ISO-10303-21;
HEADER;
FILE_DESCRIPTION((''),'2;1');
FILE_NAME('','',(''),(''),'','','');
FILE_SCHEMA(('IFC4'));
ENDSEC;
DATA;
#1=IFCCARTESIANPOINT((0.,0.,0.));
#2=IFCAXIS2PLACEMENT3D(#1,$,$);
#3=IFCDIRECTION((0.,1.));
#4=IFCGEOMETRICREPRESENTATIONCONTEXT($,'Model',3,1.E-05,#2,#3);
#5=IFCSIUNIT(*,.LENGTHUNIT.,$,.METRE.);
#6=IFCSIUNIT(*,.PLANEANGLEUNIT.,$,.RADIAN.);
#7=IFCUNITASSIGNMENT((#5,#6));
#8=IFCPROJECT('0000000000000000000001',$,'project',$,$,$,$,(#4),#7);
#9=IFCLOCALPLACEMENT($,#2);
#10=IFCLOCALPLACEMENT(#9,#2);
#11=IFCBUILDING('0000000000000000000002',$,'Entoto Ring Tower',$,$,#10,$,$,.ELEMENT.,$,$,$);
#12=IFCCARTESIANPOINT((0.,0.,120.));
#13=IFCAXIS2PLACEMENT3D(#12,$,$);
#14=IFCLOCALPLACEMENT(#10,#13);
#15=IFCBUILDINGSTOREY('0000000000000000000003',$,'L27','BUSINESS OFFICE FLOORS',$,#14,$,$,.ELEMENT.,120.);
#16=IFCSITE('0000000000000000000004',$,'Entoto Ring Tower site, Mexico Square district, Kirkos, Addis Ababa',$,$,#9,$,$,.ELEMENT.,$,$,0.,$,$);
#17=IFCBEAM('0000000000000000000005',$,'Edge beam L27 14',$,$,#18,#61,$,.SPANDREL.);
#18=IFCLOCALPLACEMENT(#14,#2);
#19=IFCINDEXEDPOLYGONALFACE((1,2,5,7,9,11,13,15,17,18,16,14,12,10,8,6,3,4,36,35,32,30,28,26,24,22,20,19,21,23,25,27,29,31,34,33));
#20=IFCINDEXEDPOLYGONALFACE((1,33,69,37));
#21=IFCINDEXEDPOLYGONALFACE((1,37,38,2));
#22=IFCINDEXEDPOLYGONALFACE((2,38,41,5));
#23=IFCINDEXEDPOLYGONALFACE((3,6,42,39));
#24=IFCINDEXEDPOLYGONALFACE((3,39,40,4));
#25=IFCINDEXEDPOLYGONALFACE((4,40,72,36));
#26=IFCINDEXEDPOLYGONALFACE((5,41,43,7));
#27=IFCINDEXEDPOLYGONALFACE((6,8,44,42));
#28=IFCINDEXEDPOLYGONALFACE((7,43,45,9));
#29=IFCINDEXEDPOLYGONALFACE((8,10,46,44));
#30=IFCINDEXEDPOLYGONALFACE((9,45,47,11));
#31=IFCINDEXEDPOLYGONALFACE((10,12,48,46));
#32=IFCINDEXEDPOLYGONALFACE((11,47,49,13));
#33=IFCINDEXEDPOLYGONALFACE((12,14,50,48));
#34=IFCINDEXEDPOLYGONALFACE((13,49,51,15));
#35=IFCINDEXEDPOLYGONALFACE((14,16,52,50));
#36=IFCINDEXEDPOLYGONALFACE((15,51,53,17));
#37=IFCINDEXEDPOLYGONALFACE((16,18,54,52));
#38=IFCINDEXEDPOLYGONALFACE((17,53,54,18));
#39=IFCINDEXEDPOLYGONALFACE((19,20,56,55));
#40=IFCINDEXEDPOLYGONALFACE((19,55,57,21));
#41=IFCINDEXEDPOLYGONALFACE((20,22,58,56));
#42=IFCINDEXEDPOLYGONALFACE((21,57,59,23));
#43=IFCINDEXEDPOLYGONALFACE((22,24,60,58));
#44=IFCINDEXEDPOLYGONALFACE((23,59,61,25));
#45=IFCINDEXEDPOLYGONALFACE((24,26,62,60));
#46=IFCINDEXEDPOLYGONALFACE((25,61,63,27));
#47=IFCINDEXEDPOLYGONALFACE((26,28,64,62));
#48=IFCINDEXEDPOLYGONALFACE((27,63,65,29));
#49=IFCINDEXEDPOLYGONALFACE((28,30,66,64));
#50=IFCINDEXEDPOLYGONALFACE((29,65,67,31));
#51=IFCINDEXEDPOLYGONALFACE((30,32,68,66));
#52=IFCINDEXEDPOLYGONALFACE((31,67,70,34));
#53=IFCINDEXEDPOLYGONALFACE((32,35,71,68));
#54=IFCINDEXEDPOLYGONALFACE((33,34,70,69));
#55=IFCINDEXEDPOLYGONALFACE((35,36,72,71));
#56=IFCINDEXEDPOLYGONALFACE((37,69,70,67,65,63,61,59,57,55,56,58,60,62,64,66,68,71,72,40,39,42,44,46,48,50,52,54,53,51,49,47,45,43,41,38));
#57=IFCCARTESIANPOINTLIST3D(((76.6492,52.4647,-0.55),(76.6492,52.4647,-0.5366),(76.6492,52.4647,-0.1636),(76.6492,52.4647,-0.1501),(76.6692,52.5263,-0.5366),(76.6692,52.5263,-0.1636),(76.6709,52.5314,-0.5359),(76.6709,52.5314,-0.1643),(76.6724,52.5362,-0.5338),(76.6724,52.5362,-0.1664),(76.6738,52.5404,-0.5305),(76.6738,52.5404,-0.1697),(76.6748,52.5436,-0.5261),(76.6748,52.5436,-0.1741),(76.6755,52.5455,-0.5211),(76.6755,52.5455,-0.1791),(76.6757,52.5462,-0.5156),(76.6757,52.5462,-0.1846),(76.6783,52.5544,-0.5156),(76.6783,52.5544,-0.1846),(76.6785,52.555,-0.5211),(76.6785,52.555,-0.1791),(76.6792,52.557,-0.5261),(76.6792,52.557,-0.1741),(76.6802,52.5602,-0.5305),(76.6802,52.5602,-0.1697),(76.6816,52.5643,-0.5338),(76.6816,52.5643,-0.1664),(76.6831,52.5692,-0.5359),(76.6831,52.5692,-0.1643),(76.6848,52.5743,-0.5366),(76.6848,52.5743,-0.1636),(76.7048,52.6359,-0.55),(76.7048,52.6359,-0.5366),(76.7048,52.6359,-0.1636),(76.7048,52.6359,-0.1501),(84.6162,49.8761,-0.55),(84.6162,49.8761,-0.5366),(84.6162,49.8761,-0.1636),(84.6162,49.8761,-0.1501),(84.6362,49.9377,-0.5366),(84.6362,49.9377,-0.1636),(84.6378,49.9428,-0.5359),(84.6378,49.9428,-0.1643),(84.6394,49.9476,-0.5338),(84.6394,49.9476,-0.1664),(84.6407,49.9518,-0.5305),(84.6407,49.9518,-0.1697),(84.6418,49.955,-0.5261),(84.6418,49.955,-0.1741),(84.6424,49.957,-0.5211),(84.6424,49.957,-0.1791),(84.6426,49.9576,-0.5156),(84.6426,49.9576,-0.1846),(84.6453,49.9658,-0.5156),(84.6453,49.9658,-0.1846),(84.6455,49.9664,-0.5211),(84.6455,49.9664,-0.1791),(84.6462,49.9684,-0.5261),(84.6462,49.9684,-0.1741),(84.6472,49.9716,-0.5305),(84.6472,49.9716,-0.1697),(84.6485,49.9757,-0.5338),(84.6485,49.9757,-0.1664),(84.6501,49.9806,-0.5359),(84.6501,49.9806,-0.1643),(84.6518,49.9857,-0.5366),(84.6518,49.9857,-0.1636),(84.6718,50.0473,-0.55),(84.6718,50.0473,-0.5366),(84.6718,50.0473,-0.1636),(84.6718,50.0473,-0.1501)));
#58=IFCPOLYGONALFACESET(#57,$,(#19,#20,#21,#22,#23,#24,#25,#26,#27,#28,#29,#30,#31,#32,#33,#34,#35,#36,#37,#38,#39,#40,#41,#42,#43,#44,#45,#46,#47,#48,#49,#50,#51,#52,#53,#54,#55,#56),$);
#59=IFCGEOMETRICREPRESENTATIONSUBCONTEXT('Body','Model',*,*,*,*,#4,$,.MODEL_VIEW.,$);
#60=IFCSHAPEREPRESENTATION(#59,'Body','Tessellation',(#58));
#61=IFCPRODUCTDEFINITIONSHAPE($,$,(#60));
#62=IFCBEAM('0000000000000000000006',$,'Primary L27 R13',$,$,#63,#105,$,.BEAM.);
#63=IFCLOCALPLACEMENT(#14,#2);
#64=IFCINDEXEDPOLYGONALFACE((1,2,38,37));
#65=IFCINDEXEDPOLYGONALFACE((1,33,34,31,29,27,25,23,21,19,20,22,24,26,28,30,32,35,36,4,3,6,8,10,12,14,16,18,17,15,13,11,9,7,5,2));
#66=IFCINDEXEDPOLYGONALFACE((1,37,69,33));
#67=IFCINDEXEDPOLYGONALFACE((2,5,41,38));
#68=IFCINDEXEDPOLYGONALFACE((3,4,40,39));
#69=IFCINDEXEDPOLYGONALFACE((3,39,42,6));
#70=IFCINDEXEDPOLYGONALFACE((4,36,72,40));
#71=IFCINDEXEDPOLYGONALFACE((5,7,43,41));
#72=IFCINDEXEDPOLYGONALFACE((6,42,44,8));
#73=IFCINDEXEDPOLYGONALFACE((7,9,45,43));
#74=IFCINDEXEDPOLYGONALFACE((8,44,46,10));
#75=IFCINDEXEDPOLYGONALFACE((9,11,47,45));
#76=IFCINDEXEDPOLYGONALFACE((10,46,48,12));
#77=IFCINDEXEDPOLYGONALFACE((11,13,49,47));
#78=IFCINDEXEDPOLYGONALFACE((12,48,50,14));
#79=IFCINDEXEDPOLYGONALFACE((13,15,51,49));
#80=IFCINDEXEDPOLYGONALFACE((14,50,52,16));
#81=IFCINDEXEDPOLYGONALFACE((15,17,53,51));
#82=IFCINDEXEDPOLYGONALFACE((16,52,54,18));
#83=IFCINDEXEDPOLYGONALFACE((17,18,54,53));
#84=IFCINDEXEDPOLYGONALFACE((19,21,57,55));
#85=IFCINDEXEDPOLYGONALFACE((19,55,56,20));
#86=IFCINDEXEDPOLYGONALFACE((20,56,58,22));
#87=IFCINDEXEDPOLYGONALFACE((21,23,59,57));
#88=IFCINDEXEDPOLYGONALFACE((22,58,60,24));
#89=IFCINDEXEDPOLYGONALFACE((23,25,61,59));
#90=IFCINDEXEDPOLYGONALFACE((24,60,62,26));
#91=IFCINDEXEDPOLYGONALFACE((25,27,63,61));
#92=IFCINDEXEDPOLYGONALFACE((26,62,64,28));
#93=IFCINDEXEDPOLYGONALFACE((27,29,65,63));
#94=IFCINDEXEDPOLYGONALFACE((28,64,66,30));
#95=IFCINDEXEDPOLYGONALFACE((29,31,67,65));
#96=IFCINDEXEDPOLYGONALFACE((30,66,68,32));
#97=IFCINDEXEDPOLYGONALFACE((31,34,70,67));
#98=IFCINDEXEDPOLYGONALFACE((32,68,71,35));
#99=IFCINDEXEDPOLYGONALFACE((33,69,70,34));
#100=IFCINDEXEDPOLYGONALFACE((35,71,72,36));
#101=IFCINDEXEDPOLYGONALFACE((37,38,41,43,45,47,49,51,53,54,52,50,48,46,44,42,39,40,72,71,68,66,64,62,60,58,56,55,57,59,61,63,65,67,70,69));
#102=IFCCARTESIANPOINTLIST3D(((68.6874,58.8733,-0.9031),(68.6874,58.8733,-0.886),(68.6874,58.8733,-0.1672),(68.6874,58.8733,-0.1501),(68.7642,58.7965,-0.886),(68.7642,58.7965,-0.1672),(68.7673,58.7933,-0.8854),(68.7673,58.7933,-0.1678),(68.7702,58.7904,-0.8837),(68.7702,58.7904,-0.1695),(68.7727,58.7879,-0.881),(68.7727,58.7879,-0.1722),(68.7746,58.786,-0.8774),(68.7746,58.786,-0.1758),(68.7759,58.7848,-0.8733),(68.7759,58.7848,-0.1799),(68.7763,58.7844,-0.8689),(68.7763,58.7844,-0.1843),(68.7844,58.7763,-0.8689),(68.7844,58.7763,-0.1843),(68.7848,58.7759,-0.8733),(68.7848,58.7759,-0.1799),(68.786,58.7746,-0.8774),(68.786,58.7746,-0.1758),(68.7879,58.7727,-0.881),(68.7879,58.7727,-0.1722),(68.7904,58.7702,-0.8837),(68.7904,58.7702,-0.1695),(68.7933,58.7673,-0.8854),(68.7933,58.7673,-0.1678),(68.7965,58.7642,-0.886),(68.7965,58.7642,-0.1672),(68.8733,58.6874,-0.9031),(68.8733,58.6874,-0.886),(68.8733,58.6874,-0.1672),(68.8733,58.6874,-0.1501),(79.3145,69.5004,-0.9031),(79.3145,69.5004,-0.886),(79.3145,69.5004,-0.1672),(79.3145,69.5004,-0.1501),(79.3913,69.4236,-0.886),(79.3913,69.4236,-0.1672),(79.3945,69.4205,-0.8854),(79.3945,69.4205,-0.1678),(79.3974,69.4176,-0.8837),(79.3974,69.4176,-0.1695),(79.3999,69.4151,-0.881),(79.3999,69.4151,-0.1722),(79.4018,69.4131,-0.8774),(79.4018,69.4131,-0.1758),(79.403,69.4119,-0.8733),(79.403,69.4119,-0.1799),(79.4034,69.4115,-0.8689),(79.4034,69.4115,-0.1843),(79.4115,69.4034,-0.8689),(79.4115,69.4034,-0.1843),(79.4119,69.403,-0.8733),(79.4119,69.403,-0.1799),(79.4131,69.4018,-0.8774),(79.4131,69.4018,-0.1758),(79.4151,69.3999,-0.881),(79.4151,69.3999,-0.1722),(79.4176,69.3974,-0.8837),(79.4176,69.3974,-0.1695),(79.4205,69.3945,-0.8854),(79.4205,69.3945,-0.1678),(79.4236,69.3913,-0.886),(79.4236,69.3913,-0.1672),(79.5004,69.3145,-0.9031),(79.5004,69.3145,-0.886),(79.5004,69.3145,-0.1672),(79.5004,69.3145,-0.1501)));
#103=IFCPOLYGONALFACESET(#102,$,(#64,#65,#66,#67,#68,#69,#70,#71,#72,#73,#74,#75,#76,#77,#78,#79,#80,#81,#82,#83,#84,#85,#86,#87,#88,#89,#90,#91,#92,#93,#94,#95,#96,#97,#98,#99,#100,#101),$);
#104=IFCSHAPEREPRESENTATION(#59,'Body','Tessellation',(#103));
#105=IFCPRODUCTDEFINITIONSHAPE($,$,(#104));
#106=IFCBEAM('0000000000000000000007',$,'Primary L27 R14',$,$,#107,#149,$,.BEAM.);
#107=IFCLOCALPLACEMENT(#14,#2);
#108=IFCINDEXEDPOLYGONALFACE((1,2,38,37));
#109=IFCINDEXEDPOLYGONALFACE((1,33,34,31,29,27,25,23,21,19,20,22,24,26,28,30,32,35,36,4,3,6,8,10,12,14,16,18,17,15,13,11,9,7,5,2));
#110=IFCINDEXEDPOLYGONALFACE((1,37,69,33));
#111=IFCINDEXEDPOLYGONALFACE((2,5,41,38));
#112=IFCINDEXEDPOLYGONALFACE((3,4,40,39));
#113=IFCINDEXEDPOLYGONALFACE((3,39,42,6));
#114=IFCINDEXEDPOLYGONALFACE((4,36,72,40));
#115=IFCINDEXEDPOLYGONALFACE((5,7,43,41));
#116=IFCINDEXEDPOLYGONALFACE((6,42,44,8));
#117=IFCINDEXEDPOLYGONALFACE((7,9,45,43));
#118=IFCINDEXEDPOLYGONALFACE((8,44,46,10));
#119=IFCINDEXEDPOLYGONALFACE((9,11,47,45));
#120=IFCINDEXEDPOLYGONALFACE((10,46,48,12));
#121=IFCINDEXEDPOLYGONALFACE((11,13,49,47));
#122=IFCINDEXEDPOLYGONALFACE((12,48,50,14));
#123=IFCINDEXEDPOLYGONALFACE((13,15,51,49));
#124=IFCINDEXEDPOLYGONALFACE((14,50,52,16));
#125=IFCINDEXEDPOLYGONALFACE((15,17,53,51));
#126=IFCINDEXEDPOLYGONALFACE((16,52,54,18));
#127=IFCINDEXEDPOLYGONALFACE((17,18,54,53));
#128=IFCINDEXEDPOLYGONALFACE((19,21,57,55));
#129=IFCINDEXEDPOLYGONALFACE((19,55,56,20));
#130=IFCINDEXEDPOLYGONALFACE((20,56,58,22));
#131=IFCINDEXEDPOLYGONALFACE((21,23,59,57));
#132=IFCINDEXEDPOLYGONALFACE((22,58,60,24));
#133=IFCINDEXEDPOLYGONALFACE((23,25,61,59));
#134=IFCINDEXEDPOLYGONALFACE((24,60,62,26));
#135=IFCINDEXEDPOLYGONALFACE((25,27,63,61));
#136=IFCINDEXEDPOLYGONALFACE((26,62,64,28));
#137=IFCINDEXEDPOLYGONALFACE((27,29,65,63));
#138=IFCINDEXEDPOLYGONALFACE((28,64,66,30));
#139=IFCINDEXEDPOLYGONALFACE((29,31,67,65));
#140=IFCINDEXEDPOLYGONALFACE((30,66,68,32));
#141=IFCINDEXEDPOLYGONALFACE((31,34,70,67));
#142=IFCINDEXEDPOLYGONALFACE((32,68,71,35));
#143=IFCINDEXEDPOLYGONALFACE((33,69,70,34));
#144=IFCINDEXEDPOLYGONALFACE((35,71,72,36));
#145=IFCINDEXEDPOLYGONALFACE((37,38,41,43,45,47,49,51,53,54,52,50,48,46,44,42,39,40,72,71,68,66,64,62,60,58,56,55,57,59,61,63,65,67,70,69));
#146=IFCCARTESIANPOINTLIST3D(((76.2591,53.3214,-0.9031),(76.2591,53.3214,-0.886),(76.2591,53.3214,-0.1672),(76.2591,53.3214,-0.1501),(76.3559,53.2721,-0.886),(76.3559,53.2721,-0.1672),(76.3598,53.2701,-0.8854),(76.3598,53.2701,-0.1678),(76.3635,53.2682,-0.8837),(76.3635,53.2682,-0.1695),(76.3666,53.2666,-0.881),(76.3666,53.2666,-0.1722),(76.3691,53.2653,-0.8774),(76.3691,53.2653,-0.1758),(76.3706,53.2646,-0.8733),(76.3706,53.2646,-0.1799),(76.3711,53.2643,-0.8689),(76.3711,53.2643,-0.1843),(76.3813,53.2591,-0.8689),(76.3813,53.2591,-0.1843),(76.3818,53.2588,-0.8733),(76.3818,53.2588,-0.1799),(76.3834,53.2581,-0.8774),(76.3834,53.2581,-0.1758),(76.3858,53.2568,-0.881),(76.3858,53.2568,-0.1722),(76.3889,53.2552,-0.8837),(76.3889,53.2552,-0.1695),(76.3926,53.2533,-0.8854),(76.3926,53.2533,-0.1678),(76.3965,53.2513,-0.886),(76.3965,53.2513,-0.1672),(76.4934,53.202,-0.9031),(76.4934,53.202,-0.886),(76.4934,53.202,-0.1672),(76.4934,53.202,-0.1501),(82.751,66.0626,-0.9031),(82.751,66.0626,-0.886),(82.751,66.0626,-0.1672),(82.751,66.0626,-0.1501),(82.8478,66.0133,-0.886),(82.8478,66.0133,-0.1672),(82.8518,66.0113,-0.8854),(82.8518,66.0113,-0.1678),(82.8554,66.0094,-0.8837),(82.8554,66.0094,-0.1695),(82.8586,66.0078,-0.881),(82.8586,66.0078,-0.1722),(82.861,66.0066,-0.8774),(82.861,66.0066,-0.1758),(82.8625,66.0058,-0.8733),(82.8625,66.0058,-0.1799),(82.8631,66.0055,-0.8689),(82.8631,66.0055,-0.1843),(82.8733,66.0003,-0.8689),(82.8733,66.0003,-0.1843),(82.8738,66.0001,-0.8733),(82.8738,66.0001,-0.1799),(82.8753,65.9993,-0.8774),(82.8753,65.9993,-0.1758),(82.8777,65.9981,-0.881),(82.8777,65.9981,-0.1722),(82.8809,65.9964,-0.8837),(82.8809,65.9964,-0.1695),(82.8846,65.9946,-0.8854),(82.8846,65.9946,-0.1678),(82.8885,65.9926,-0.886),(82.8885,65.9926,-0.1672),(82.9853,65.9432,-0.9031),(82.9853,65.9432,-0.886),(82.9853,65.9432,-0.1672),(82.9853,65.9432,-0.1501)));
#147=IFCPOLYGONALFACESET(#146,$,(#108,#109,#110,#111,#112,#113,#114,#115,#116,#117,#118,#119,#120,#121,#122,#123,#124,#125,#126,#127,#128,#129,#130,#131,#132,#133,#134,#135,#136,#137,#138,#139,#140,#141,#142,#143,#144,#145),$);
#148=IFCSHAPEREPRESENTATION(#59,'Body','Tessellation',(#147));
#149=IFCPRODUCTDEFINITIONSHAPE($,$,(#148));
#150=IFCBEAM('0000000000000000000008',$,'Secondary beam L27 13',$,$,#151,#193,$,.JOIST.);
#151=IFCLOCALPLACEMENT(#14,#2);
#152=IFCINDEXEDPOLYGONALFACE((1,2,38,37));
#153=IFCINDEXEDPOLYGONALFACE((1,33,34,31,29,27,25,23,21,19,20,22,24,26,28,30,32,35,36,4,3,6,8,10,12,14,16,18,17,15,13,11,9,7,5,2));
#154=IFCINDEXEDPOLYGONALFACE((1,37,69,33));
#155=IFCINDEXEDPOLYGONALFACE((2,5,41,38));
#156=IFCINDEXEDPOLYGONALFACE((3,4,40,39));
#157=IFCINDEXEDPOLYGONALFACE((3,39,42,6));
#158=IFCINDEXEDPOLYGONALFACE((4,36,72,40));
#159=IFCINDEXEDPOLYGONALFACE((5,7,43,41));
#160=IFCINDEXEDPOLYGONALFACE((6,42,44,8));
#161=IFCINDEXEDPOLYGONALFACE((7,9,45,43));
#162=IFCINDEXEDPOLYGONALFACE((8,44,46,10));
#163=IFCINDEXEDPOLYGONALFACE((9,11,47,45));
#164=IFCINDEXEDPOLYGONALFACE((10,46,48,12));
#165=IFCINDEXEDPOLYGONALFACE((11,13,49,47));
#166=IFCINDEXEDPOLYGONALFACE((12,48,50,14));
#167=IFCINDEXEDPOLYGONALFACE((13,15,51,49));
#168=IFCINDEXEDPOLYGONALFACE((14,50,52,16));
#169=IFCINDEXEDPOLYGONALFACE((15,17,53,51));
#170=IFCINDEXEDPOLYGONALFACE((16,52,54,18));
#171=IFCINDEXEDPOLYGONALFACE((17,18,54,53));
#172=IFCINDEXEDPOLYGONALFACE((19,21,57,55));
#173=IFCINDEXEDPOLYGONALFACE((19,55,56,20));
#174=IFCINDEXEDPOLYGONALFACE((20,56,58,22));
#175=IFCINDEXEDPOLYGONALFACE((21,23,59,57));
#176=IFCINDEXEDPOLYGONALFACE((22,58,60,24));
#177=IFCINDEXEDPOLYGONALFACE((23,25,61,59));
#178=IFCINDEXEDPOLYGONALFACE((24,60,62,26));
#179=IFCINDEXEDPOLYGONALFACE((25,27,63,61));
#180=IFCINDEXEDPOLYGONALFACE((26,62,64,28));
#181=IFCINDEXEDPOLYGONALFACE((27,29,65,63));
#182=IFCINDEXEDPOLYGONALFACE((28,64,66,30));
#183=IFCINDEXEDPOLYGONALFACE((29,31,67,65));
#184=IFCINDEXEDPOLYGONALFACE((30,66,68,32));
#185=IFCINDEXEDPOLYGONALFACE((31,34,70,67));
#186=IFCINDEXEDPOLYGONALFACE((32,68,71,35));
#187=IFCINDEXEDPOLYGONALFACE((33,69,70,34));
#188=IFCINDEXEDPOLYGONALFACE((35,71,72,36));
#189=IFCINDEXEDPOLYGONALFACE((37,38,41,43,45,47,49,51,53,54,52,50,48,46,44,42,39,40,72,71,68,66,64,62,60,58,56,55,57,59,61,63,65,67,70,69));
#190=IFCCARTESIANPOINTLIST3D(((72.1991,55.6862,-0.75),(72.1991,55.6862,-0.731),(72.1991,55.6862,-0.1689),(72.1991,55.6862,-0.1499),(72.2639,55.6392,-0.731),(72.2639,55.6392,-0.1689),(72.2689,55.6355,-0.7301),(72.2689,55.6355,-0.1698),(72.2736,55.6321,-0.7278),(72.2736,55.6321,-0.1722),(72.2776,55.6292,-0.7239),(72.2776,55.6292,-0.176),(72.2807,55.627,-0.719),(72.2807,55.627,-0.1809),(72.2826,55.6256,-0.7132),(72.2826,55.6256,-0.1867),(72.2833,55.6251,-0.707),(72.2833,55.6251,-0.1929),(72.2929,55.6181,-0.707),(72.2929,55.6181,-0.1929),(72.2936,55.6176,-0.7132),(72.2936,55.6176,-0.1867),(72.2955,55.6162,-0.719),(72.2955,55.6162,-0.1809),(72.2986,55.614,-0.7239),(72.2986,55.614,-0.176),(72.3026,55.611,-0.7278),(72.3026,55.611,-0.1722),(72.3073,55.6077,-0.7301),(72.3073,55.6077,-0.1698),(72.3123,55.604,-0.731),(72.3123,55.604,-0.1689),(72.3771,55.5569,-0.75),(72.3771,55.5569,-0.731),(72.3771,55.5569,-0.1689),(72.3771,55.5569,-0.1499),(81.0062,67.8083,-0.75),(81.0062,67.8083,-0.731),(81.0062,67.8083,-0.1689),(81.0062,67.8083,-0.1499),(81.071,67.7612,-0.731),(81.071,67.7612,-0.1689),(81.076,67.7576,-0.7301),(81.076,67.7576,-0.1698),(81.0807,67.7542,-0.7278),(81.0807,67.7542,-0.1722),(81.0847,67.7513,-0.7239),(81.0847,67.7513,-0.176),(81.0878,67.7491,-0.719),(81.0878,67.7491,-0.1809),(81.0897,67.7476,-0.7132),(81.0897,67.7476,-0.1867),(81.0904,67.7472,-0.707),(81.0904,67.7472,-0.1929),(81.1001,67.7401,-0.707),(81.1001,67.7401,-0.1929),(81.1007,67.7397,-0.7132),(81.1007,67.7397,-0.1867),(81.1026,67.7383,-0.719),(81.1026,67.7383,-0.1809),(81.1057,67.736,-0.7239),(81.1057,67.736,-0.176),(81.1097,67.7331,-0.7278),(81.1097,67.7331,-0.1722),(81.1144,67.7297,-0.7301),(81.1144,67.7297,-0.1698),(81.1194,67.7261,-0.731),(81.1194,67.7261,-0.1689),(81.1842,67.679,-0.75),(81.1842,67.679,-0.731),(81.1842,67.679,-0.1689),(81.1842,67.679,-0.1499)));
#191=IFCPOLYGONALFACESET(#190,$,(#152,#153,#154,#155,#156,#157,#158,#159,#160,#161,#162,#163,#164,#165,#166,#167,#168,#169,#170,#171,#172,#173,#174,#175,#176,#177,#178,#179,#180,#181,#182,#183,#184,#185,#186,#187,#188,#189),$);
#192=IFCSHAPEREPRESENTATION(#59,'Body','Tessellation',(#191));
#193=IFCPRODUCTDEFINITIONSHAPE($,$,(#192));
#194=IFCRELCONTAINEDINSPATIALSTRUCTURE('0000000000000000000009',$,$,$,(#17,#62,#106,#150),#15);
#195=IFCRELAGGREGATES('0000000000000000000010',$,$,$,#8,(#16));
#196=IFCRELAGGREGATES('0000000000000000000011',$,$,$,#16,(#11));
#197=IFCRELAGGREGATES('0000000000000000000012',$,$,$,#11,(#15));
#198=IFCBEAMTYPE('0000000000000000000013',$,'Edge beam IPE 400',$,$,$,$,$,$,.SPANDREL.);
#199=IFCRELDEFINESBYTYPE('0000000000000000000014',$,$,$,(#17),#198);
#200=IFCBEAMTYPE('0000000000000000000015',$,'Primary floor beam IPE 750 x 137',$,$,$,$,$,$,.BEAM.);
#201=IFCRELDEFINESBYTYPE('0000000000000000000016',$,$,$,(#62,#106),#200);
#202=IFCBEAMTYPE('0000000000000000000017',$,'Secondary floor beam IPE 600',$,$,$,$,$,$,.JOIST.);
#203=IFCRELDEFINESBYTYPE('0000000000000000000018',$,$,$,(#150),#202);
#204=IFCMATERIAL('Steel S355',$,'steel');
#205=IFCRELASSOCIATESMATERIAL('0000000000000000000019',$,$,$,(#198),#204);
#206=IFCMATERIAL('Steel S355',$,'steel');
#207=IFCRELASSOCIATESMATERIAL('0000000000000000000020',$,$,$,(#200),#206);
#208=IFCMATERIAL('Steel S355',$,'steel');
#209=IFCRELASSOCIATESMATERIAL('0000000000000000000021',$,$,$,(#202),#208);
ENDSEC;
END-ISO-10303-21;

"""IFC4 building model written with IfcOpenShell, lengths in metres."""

from ifc_helpers import new_model, si_unit, direction, frame, origin, origin_2d, place, context, subcontext, project, spatial, i_section, extrude, material, material_profile, profile_set, type_object, element, save


model = new_model("IFC4")

# Units and contexts
model_context = context("Model", 3, precision=1e-05, world=origin(), true_north=direction((0.0, 1.0)))
body_context = subcontext(model_context, "Body", "Model", "MODEL_VIEW")
ifc_project = project(units=[si_unit("LENGTHUNIT", "METRE"), si_unit("PLANEANGLEUNIT", "RADIAN")], contexts=[model_context])

# Site, building, storey
site_placement = place(None, origin())
site = spatial("IfcSite", under=ifc_project, at=site_placement, Name="Entoto Ring Tower site, Mexico Square district, Kirkos, Addis Ababa", CompositionType="ELEMENT", RefElevation=0.0)
building_placement = place(site_placement, origin())
building = spatial("IfcBuilding", under=site, at=building_placement, Name="Entoto Ring Tower", CompositionType="ELEMENT")
storey_placement = place(building_placement, frame((0.0, 0.0, 120.0)))
storey = spatial("IfcBuildingStorey", under=building, at=storey_placement, Name="L27", Description="BUSINESS OFFICE FLOORS", CompositionType="ELEMENT", Elevation=120.0)

# Beams
ifc_material_1 = material(Name="Steel S355", Category="steel")
ifc_material_profile_1 = material_profile(ifc_material_1, i_section(OverallWidth=0.1799, OverallDepth=0.3999, WebThickness=0.0085, FlangeThickness=0.0134, FilletRadius=0.021, at=origin_2d()), Name="IPE 400")
ifc_profile_set_1 = profile_set([ifc_material_profile_1], Name="Steel S355")
beam_type_1 = type_object("IfcBeamType", Name="Edge beam IPE 400", PredefinedType="SPANDREL", material=ifc_profile_set_1)
for number, where, z_axis, x_axis, name in (
    (1, (76.677, 52.5503, -0.3501), (0.951057, -0.309014, 0.0), (0.309014, 0.951057, 0.0), "Edge beam L27 14"),
):
    element("IfcBeam", number, at=place(storey_placement, frame(where, z_axis=z_axis, x_axis=x_axis)), inside=storey, type_object=beam_type_1, Name=name, PredefinedType="SPANDREL", context=body_context, shape_type="SweptSolid", body=[
        extrude(i_section(OverallWidth=0.1799, OverallDepth=0.3999, WebThickness=0.0085, FlangeThickness=0.0134, FilletRadius=0.021, at=origin_2d()), origin(), (0.0, 0.0, 1.0), 8.377),
    ])
ifc_material_2 = material(Name="Steel S355", Category="steel")
ifc_material_profile_2 = material_profile(ifc_material_2, i_section(OverallWidth=0.2629, OverallDepth=0.7529, WebThickness=0.0115, FlangeThickness=0.0171, FilletRadius=0.0171, at=origin_2d()), Name="IPE 750 x 137")
ifc_profile_set_2 = profile_set([ifc_material_profile_2], Name="Steel S355")
beam_type_2 = type_object("IfcBeamType", Name="Primary floor beam IPE 750 x 137", PredefinedType="BEAM", material=ifc_profile_set_2)
beam_1_placement = place(storey_placement, frame((79.4075, 69.4075, -0.5266), z_axis=(-0.707107, -0.707107, 0.0), x_axis=(0.707107, -0.707107, 0.0)))
element("IfcBeam", 2, at=beam_1_placement, inside=storey, type_object=beam_type_2, Name="Primary L27 R13", PredefinedType="BEAM", context=body_context, shape_type="SweptSolid", body=[
    extrude(i_section(OverallWidth=0.2629, OverallDepth=0.7529, WebThickness=0.0115, FlangeThickness=0.0171, FilletRadius=0.0171, at=origin_2d()), origin(), (0.0, 0.0, 1.0), 15.0291),
])
beam_2_placement = place(storey_placement, frame((82.8682, 66.0029, -0.5266), z_axis=(-0.453989, -0.891007, 0.0), x_axis=(0.891007, -0.453989, 0.0)))
element("IfcBeam", 3, at=beam_2_placement, inside=storey, type_object=beam_type_2, Name="Primary L27 R14", PredefinedType="BEAM", context=body_context, shape_type="SweptSolid", body=[
    extrude(i_section(OverallWidth=0.2629, OverallDepth=0.7529, WebThickness=0.0115, FlangeThickness=0.0171, FilletRadius=0.0171, at=origin_2d()), origin(), (0.0, 0.0, 1.0), 14.2998),
])
ifc_material_3 = material(Name="Steel S355", Category="steel")
ifc_material_profile_3 = material_profile(ifc_material_3, i_section(OverallWidth=0.22, OverallDepth=0.6001, WebThickness=0.012, FlangeThickness=0.019, FilletRadius=0.0239, at=origin_2d()), Name="IPE 600")
ifc_profile_set_3 = profile_set([ifc_material_profile_3], Name="Steel S355")
beam_type_3 = type_object("IfcBeamType", Name="Secondary floor beam IPE 600", PredefinedType="JOIST", material=ifc_profile_set_3)
beam_3_placement = place(storey_placement, frame((81.0952, 67.7437, -0.45), z_axis=(-0.587782, -0.809019, 0.0), x_axis=(0.809019, -0.587782, 0.0)))
element("IfcBeam", 4, at=beam_3_placement, inside=storey, type_object=beam_type_3, Name="Secondary beam L27 13", PredefinedType="JOIST", context=body_context, shape_type="SweptSolid", body=[
    extrude(i_section(OverallWidth=0.22, OverallDepth=0.6001, WebThickness=0.012, FlangeThickness=0.019, FilletRadius=0.0239, at=origin_2d()), origin(), (0.0, 0.0, 1.0), 14.9836),
])

save(model, "model.ifc")
